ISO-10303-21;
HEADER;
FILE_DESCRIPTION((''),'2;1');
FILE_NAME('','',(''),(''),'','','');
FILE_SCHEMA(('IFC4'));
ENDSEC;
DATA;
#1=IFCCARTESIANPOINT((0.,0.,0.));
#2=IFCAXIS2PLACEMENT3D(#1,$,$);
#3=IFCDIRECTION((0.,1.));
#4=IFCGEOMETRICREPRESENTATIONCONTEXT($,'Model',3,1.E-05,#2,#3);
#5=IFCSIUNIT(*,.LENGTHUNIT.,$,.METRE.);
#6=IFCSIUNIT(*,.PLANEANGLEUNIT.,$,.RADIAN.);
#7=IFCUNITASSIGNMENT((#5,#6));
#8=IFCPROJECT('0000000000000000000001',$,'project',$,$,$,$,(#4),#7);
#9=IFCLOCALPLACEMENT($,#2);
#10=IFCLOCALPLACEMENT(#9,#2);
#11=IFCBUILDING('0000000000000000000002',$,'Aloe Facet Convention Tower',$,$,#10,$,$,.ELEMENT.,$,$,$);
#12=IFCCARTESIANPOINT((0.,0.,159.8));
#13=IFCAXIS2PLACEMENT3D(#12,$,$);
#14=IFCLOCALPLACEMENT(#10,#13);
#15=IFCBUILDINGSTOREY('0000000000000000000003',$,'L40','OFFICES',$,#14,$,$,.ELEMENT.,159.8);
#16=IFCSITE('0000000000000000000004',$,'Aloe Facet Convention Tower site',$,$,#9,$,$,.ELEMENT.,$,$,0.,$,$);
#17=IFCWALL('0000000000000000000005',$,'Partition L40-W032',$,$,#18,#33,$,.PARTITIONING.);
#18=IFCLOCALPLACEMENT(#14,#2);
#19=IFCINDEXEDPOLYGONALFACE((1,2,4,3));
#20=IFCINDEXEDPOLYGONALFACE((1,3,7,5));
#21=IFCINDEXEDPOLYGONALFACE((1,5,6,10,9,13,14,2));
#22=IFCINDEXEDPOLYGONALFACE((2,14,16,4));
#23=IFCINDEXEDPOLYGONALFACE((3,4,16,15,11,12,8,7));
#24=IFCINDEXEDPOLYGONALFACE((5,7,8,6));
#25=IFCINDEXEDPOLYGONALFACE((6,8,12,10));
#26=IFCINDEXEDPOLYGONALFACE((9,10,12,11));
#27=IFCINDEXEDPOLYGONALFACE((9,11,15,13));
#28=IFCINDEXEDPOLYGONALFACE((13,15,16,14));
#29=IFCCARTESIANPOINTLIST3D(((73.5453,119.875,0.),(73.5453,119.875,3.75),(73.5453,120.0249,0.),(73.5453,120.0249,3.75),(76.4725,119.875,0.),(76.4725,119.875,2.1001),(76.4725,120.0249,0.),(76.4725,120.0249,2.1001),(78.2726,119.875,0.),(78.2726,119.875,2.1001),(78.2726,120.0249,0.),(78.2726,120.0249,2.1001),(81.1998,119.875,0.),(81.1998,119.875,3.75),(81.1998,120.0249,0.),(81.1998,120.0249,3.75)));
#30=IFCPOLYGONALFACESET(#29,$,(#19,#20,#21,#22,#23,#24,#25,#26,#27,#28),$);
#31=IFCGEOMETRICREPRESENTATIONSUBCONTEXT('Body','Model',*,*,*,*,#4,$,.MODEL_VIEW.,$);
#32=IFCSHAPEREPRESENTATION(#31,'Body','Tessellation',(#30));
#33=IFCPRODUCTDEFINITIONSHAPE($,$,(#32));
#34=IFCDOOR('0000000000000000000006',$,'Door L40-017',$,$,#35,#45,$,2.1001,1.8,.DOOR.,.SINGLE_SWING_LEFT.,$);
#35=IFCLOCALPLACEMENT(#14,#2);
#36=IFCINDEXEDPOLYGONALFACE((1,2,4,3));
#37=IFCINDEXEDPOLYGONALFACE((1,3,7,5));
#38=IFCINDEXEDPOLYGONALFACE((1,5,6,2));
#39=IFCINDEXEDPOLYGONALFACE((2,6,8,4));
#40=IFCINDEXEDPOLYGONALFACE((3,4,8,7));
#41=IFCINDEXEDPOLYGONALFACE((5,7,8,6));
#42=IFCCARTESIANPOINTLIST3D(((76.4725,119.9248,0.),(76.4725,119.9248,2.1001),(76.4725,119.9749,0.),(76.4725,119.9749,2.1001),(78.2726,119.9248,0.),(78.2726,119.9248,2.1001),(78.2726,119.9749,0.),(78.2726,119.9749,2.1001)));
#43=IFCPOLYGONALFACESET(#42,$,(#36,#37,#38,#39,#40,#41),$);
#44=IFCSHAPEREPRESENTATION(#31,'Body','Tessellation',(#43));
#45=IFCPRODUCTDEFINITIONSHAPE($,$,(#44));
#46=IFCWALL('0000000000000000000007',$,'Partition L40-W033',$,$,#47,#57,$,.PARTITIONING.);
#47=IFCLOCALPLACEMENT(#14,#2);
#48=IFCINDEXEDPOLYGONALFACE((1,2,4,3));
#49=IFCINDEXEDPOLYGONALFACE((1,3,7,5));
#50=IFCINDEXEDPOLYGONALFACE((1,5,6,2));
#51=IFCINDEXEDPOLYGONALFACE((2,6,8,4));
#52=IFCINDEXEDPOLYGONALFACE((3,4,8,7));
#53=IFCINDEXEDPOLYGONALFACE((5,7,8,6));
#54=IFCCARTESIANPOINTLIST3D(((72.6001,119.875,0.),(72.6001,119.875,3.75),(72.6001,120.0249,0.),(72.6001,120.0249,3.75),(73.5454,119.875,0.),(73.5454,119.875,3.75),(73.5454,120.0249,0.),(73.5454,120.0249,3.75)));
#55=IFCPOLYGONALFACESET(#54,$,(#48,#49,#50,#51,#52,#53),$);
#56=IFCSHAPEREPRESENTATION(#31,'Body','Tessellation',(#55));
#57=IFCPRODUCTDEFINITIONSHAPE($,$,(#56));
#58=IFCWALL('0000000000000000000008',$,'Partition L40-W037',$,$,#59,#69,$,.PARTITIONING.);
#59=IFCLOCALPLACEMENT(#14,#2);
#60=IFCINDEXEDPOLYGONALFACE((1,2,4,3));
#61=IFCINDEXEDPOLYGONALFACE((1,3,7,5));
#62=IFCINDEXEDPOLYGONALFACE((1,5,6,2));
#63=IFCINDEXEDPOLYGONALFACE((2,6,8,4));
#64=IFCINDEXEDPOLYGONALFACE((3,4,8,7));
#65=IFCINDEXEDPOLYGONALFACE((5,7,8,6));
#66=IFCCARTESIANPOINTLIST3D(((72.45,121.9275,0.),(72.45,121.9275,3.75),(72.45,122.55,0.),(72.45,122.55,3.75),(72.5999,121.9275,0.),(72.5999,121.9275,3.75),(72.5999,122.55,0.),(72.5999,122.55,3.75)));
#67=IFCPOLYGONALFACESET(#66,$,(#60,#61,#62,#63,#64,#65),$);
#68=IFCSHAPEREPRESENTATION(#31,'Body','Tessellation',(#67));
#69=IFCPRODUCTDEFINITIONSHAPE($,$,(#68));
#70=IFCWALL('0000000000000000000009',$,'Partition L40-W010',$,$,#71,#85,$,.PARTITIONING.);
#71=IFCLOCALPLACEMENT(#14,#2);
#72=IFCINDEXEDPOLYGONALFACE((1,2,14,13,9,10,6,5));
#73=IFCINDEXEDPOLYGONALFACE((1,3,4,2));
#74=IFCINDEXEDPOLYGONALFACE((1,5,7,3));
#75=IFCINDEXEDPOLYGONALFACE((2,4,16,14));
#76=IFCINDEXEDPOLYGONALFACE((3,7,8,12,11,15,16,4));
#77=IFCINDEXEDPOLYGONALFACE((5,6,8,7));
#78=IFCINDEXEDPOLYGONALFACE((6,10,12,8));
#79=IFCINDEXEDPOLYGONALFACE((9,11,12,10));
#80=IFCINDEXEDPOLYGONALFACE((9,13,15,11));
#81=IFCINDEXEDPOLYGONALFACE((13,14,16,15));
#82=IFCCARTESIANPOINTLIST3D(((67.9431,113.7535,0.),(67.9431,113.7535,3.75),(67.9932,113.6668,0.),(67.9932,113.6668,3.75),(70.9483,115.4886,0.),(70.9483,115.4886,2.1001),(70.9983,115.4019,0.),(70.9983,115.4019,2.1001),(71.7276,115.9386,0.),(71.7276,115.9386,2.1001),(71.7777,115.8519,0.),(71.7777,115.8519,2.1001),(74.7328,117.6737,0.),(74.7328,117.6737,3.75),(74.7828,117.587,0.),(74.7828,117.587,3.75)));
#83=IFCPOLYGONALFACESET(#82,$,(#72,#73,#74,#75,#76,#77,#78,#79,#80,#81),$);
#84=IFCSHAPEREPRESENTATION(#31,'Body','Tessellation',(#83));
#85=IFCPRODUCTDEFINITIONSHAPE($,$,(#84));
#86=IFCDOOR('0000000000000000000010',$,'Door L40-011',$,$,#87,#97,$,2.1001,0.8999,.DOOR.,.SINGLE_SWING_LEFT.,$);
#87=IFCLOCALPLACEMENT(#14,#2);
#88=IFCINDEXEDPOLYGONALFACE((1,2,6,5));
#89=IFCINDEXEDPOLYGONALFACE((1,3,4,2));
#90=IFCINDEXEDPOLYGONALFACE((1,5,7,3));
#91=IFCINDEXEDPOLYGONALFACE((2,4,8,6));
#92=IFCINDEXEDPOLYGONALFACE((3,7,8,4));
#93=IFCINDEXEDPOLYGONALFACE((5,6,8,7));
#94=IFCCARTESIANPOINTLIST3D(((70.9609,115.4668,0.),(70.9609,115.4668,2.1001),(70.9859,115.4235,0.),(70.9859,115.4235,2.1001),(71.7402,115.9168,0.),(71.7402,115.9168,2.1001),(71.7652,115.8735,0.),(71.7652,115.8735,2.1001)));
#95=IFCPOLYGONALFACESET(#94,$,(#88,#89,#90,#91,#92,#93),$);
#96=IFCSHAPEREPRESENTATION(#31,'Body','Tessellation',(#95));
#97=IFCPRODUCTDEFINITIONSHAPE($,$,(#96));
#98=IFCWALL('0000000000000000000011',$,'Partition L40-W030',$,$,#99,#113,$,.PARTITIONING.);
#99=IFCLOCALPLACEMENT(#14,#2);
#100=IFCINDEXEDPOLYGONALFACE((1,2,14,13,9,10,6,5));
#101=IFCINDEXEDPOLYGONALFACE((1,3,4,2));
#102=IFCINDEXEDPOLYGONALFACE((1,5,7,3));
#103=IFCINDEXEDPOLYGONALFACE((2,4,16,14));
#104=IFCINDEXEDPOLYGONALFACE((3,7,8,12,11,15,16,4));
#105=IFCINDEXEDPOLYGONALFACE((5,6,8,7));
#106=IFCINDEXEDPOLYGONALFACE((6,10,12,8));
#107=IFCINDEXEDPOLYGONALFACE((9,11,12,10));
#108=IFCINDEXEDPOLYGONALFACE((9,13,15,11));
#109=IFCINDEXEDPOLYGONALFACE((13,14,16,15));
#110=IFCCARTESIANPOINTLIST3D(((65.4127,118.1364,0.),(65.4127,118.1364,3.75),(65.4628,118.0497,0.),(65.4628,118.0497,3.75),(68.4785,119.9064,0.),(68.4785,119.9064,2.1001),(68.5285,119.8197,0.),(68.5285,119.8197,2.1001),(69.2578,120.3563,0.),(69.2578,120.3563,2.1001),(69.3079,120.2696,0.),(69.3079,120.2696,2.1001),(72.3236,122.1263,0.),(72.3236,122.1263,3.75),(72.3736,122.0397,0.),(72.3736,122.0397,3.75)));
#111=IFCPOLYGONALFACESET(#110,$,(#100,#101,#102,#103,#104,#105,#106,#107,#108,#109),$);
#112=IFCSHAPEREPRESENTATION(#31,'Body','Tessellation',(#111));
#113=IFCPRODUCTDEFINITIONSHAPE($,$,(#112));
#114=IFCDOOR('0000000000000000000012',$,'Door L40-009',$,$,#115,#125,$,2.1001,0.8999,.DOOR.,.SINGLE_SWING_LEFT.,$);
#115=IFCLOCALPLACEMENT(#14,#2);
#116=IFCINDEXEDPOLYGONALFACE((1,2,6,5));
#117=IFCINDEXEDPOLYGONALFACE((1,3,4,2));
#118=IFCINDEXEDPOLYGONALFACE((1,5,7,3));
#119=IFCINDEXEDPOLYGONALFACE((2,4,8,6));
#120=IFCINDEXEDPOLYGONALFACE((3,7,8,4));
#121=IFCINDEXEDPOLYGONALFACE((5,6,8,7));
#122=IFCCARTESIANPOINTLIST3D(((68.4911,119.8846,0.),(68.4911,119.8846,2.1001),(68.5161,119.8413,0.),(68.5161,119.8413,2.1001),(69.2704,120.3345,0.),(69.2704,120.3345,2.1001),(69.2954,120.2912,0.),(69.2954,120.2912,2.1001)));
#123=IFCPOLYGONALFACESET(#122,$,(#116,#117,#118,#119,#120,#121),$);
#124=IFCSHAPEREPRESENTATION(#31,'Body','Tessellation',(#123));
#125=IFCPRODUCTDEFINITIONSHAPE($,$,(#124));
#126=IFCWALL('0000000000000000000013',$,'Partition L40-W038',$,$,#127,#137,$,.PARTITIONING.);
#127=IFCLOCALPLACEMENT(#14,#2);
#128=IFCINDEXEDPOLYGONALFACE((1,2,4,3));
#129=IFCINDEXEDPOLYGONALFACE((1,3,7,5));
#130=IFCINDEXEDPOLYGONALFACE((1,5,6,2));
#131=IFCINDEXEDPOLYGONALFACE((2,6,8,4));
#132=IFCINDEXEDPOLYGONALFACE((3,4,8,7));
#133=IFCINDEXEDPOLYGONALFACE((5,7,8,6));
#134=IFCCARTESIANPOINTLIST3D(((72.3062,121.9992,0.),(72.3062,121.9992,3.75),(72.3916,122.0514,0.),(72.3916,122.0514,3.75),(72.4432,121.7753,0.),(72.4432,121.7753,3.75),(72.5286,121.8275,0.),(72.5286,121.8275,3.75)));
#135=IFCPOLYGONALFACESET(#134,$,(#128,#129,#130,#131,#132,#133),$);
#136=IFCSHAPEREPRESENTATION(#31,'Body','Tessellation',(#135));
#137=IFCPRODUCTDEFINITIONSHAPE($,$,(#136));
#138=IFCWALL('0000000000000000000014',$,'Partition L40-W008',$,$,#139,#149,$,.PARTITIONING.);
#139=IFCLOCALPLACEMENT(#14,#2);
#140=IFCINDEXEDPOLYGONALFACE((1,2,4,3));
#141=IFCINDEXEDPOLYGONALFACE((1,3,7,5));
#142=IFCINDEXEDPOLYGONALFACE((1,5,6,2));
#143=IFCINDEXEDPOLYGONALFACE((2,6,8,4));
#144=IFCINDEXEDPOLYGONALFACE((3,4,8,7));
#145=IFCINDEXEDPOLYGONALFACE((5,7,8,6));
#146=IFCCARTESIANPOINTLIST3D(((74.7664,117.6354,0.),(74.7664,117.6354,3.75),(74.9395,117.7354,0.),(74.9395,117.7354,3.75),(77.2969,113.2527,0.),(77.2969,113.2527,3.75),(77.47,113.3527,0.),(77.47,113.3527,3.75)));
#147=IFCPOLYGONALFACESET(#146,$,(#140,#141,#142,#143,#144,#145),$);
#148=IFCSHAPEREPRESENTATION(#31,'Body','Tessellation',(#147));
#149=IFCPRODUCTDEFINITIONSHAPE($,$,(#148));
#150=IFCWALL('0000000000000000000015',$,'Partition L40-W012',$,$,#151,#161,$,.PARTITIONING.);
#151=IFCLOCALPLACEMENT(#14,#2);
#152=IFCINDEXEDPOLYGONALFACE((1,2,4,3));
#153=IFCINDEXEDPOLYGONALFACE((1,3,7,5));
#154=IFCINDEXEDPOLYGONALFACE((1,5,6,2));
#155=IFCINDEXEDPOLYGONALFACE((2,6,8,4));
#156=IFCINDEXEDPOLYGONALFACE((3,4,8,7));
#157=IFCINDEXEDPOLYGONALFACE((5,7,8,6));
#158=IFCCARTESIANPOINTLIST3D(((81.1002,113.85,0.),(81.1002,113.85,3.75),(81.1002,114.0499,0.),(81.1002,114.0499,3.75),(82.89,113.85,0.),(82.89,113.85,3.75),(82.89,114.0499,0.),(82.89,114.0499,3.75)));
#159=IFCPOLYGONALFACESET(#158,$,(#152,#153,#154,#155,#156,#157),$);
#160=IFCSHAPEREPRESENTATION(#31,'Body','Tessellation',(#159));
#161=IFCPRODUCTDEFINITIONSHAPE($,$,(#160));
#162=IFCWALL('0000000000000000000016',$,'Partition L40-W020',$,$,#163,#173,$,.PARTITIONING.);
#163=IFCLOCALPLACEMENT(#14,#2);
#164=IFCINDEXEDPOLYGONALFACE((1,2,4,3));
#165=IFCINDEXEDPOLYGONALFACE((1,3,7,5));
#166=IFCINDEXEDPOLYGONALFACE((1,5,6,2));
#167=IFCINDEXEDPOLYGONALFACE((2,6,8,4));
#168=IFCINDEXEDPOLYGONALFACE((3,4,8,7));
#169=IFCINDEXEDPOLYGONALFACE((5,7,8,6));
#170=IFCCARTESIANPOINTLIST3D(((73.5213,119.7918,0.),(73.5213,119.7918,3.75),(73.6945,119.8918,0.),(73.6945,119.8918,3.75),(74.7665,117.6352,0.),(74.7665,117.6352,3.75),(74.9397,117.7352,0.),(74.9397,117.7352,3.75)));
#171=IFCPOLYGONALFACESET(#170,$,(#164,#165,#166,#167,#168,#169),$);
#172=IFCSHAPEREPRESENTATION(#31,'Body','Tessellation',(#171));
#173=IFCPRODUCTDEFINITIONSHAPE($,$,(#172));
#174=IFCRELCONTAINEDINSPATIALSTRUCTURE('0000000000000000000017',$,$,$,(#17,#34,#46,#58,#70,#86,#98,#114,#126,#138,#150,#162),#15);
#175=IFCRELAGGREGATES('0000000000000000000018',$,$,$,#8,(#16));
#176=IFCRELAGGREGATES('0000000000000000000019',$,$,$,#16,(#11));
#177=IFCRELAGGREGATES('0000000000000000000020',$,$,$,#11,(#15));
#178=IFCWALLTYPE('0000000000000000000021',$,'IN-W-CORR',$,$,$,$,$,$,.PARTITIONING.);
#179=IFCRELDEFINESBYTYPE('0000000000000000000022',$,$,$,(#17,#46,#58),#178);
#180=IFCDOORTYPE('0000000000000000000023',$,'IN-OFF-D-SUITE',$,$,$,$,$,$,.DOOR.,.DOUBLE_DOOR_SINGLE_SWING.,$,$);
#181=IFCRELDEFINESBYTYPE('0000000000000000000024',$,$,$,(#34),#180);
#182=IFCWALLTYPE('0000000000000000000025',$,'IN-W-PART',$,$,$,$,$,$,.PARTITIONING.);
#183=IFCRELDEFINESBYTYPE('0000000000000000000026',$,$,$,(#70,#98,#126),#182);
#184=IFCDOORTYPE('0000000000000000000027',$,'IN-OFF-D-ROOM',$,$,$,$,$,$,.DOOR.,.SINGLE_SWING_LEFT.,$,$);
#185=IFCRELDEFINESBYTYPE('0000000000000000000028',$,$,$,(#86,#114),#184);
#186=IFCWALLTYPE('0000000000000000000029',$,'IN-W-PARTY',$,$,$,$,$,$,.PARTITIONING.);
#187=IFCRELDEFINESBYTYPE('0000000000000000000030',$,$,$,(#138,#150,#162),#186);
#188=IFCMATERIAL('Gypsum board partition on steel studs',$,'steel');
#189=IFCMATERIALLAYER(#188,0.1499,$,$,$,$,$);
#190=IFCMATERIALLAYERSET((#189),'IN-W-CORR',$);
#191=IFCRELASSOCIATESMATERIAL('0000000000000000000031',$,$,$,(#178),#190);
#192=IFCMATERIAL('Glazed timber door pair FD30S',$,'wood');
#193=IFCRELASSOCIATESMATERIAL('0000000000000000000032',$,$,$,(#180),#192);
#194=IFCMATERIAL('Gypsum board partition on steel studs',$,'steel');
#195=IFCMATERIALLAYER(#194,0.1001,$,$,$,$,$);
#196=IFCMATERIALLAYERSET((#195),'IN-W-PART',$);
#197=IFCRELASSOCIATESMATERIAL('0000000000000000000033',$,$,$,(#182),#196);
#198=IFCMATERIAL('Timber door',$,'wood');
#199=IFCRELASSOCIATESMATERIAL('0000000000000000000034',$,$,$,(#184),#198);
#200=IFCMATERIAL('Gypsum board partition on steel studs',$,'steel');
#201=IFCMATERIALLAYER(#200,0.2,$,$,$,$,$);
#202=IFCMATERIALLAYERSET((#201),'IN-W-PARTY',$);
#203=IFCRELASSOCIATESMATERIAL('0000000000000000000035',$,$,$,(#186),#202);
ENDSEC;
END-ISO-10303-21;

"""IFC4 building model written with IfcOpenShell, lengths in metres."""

from ifc_helpers import new_model, si_unit, direction, frame, frame_2d, origin, place, context, subcontext, project, spatial, rectangle, extrude, material, layer, layer_set, type_object, element, fill, save


model = new_model("IFC4")

# Units and contexts
model_context = context("Model", 3, precision=1e-05, world=origin(), true_north=direction((0.0, 1.0)))
body_context = subcontext(model_context, "Body", "Model", "MODEL_VIEW")
ifc_project = project(units=[si_unit("LENGTHUNIT", "METRE"), si_unit("PLANEANGLEUNIT", "RADIAN")], contexts=[model_context])

# Site, building, storey
site_placement = place(None, origin())
site = spatial("IfcSite", under=ifc_project, at=site_placement, Name="Aloe Facet Convention Tower site", CompositionType="ELEMENT", RefElevation=0.0)
building_placement = place(site_placement, origin())
building = spatial("IfcBuilding", under=site, at=building_placement, Name="Aloe Facet Convention Tower", CompositionType="ELEMENT")
storey_placement = place(building_placement, frame((0.0, 0.0, 159.8)))
storey = spatial("IfcBuildingStorey", under=building, at=storey_placement, Name="L40", Description="OFFICES", CompositionType="ELEMENT", Elevation=159.8)

# Wall, opening, door
ifc_material_1 = material(Name="Gypsum board partition on steel studs", Category="steel")
ifc_layer_1 = layer(ifc_material_1, 0.1499)
ifc_layer_set_1 = layer_set([ifc_layer_1], Name="IN-W-CORR")
wall_type_1 = type_object("IfcWallType", Name="IN-W-CORR", PredefinedType="PARTITIONING", material=ifc_layer_set_1)
wall_1_placement = place(storey_placement, frame((73.5454, 119.95, 0.0), z_axis=(0.0, 0.0, 1.0), x_axis=(1.0, 0.0, 0.0)))
wall_1 = element("IfcWall", 1, at=wall_1_placement, inside=storey, type_object=wall_type_1, Name="Partition L40-W032", PredefinedType="PARTITIONING", context=body_context, shape_type="SweptSolid", body=[
    extrude(rectangle(XDim=7.6545, YDim=0.1499, at=frame_2d((3.8271, 0.0))), origin(), (0.0, 0.0, 1.0), 3.75),
])
opening_1_placement = place(wall_1_placement, frame((2.9272, 0.0, 0.0)))
opening_1 = element("IfcOpeningElement", 2, at=opening_1_placement, cuts=wall_1, PredefinedType="OPENING", context=body_context, shape_type="SweptSolid", body=[
    extrude(rectangle(XDim=1.8, YDim=2.1001, at=frame_2d((0.8999, 1.05))), frame((0.0, 0.085, 0.0), z_axis=(0.0, -1.0, 0.0), x_axis=(1.0, 0.0, 0.0)), (0.0, 0.0, 1.0), 0.1699),
])
ifc_material_2 = material(Name="Glazed timber door pair FD30S", Category="wood")
door_type_1 = type_object("IfcDoorType", Name="IN-OFF-D-SUITE", OperationType="DOUBLE_DOOR_SINGLE_SWING", PredefinedType="DOOR", material=ifc_material_2)
door_1_placement = place(opening_1_placement, origin())
door_1 = element("IfcDoor", 3, at=door_1_placement, inside=storey, type_object=door_type_1, Name="Door L40-017", OperationType="SINGLE_SWING_LEFT", OverallHeight=2.1001, OverallWidth=1.8, PredefinedType="DOOR", context=body_context, shape_type="SweptSolid", body=[
    extrude(rectangle(XDim=1.8, YDim=2.1001, at=frame_2d((0.8999, 1.05))), frame((0.0, 0.0249, 0.0), z_axis=(0.0, -1.0, 0.0), x_axis=(1.0, 0.0, 0.0)), (0.0, 0.0, 1.0), 0.05),
])
fill(opening_1, door_1)

# Walls
wall_2_placement = place(storey_placement, frame((72.6001, 119.95, 0.0), z_axis=(0.0, 0.0, 1.0), x_axis=(1.0, 0.0, 0.0)))
element("IfcWall", 4, at=wall_2_placement, inside=storey, type_object=wall_type_1, Name="Partition L40-W033", PredefinedType="PARTITIONING", context=body_context, shape_type="SweptSolid", body=[
    extrude(rectangle(XDim=0.9453, YDim=0.1499, at=frame_2d((0.4727, 0.0))), origin(), (0.0, 0.0, 1.0), 3.75),
])
wall_3_placement = place(storey_placement, frame((72.5249, 121.9275, 0.0), z_axis=(0.0, 0.0, 1.0), x_axis=(0.0, 1.0, 0.0)))
element("IfcWall", 5, at=wall_3_placement, inside=storey, type_object=wall_type_1, Name="Partition L40-W037", PredefinedType="PARTITIONING", context=body_context, shape_type="SweptSolid", body=[
    extrude(rectangle(XDim=0.6226, YDim=0.1499, at=frame_2d((0.3113, 0.0))), origin(), (0.0, 0.0, 1.0), 3.75),
])

# Walls, openings, doors
ifc_material_3 = material(Name="Gypsum board partition on steel studs", Category="steel")
ifc_layer_2 = layer(ifc_material_3, 0.1001)
ifc_layer_set_2 = layer_set([ifc_layer_2], Name="IN-W-PART")
wall_type_2 = type_object("IfcWallType", Name="IN-W-PART", PredefinedType="PARTITIONING", material=ifc_layer_set_2)
wall_4_placement = place(storey_placement, frame((67.9683, 113.7102, 0.0), z_axis=(0.0, 0.0, 1.0), x_axis=(0.866013, 0.500021, 0.0)))
wall_4 = element("IfcWall", 6, at=wall_4_placement, inside=storey, type_object=wall_type_2, Name="Partition L40-W010", PredefinedType="PARTITIONING", context=body_context, shape_type="SweptSolid", body=[
    extrude(rectangle(XDim=7.8401, YDim=0.1001, at=frame_2d((3.9199, 0.0))), origin(), (0.0, 0.0, 1.0), 3.75),
])
opening_2_placement = place(wall_4_placement, frame((3.47, 0.0, 0.0)))
opening_2 = element("IfcOpeningElement", 7, at=opening_2_placement, cuts=wall_4, PredefinedType="OPENING", context=body_context, shape_type="SweptSolid", body=[
    extrude(rectangle(XDim=0.8999, YDim=2.1001, at=frame_2d((0.45, 1.05))), frame((0.0, 0.0601, 0.0), z_axis=(0.0, -1.0, 0.0), x_axis=(1.0, 0.0, 0.0)), (0.0, 0.0, 1.0), 0.1201),
])
ifc_material_4 = material(Name="Timber door", Category="wood")
door_type_2 = type_object("IfcDoorType", Name="IN-OFF-D-ROOM", OperationType="SINGLE_SWING_LEFT", PredefinedType="DOOR", material=ifc_material_4)
door_2_placement = place(opening_2_placement, origin())
door_2 = element("IfcDoor", 8, at=door_2_placement, inside=storey, type_object=door_type_2, Name="Door L40-011", OperationType="SINGLE_SWING_LEFT", OverallHeight=2.1001, OverallWidth=0.8999, PredefinedType="DOOR", context=body_context, shape_type="SweptSolid", body=[
    extrude(rectangle(XDim=0.8999, YDim=2.1001, at=frame_2d((0.45, 1.05))), frame((0.0, 0.0249, 0.0), z_axis=(0.0, -1.0, 0.0), x_axis=(1.0, 0.0, 0.0)), (0.0, 0.0, 1.0), 0.05),
])
fill(opening_2, door_2)
wall_5_placement = place(storey_placement, frame((65.4377, 118.093, 0.0), z_axis=(0.0, 0.0, 1.0), x_axis=(0.866026, 0.499999, 0.0)))
wall_5 = element("IfcWall", 9, at=wall_5_placement, inside=storey, type_object=wall_type_2, Name="Partition L40-W030", PredefinedType="PARTITIONING", context=body_context, shape_type="SweptSolid", body=[
    extrude(rectangle(XDim=7.98, YDim=0.1001, at=frame_2d((3.99, 0.0))), origin(), (0.0, 0.0, 1.0), 3.75),
])
opening_3_placement = place(wall_5_placement, frame((3.54, 0.0, 0.0)))
opening_3 = element("IfcOpeningElement", 10, at=opening_3_placement, cuts=wall_5, PredefinedType="OPENING", context=body_context, shape_type="SweptSolid", body=[
    extrude(rectangle(XDim=0.8999, YDim=2.1001, at=frame_2d((0.45, 1.05))), frame((0.0, 0.0601, 0.0), z_axis=(0.0, -1.0, 0.0), x_axis=(1.0, 0.0, 0.0)), (0.0, 0.0, 1.0), 0.1201),
])
door_3_placement = place(opening_3_placement, origin())
door_3 = element("IfcDoor", 11, at=door_3_placement, inside=storey, type_object=door_type_2, Name="Door L40-009", OperationType="SINGLE_SWING_LEFT", OverallHeight=2.1001, OverallWidth=0.8999, PredefinedType="DOOR", context=body_context, shape_type="SweptSolid", body=[
    extrude(rectangle(XDim=0.8999, YDim=2.1001, at=frame_2d((0.45, 1.05))), frame((0.0, 0.0249, 0.0), z_axis=(0.0, -1.0, 0.0), x_axis=(1.0, 0.0, 0.0)), (0.0, 0.0, 1.0), 0.05),
])
fill(opening_3, door_3)

# Walls
wall_6_placement = place(storey_placement, frame((72.3489, 122.0254, 0.0), z_axis=(0.0, 0.0, 1.0), x_axis=(0.521864, -0.853029, 0.0)))
element("IfcWall", 12, at=wall_6_placement, inside=storey, type_object=wall_type_2, Name="Partition L40-W038", PredefinedType="PARTITIONING", context=body_context, shape_type="SweptSolid", body=[
    extrude(rectangle(XDim=0.2625, YDim=0.1001, at=frame_2d((0.1313, 0.0))), origin(), (0.0, 0.0, 1.0), 3.75),
])
ifc_material_5 = material(Name="Gypsum board partition on steel studs", Category="steel")
ifc_layer_3 = layer(ifc_material_5, 0.2)
ifc_layer_set_3 = layer_set([ifc_layer_3], Name="IN-W-PARTY")
wall_type_3 = type_object("IfcWallType", Name="IN-W-PARTY", PredefinedType="PARTITIONING", material=ifc_layer_set_3)
wall_7_placement = place(storey_placement, frame((74.853, 117.6853, 0.0), z_axis=(0.0, 0.0, 1.0), x_axis=(0.500015, -0.866017, 0.0)))
element("IfcWall", 13, at=wall_7_placement, inside=storey, type_object=wall_type_3, Name="Partition L40-W008", PredefinedType="PARTITIONING", context=body_context, shape_type="SweptSolid", body=[
    extrude(rectangle(XDim=5.0608, YDim=0.2, at=frame_2d((2.5303, 0.0))), origin(), (0.0, 0.0, 1.0), 3.75),
])
wall_8_placement = place(storey_placement, frame((81.1001, 113.95, 0.0), z_axis=(0.0, 0.0, 1.0), x_axis=(1.0, 0.0, 0.0)))
element("IfcWall", 14, at=wall_8_placement, inside=storey, type_object=wall_type_3, Name="Partition L40-W012", PredefinedType="PARTITIONING", context=body_context, shape_type="SweptSolid", body=[
    extrude(rectangle(XDim=1.7898, YDim=0.2, at=frame_2d((0.895, 0.0))), origin(), (0.0, 0.0, 1.0), 3.75),
])
wall_9_placement = place(storey_placement, frame((73.6079, 119.8418, 0.0), z_axis=(0.0, 0.0, 1.0), x_axis=(0.500019, -0.866014, 0.0)))
element("IfcWall", 15, at=wall_9_placement, inside=storey, type_object=wall_type_3, Name="Partition L40-W020", PredefinedType="PARTITIONING", context=body_context, shape_type="SweptSolid", body=[
    extrude(rectangle(XDim=2.4902, YDim=0.2, at=frame_2d((1.2451, 0.0))), origin(), (0.0, 0.0, 1.0), 3.75),
])

save(model, "model.ifc")
